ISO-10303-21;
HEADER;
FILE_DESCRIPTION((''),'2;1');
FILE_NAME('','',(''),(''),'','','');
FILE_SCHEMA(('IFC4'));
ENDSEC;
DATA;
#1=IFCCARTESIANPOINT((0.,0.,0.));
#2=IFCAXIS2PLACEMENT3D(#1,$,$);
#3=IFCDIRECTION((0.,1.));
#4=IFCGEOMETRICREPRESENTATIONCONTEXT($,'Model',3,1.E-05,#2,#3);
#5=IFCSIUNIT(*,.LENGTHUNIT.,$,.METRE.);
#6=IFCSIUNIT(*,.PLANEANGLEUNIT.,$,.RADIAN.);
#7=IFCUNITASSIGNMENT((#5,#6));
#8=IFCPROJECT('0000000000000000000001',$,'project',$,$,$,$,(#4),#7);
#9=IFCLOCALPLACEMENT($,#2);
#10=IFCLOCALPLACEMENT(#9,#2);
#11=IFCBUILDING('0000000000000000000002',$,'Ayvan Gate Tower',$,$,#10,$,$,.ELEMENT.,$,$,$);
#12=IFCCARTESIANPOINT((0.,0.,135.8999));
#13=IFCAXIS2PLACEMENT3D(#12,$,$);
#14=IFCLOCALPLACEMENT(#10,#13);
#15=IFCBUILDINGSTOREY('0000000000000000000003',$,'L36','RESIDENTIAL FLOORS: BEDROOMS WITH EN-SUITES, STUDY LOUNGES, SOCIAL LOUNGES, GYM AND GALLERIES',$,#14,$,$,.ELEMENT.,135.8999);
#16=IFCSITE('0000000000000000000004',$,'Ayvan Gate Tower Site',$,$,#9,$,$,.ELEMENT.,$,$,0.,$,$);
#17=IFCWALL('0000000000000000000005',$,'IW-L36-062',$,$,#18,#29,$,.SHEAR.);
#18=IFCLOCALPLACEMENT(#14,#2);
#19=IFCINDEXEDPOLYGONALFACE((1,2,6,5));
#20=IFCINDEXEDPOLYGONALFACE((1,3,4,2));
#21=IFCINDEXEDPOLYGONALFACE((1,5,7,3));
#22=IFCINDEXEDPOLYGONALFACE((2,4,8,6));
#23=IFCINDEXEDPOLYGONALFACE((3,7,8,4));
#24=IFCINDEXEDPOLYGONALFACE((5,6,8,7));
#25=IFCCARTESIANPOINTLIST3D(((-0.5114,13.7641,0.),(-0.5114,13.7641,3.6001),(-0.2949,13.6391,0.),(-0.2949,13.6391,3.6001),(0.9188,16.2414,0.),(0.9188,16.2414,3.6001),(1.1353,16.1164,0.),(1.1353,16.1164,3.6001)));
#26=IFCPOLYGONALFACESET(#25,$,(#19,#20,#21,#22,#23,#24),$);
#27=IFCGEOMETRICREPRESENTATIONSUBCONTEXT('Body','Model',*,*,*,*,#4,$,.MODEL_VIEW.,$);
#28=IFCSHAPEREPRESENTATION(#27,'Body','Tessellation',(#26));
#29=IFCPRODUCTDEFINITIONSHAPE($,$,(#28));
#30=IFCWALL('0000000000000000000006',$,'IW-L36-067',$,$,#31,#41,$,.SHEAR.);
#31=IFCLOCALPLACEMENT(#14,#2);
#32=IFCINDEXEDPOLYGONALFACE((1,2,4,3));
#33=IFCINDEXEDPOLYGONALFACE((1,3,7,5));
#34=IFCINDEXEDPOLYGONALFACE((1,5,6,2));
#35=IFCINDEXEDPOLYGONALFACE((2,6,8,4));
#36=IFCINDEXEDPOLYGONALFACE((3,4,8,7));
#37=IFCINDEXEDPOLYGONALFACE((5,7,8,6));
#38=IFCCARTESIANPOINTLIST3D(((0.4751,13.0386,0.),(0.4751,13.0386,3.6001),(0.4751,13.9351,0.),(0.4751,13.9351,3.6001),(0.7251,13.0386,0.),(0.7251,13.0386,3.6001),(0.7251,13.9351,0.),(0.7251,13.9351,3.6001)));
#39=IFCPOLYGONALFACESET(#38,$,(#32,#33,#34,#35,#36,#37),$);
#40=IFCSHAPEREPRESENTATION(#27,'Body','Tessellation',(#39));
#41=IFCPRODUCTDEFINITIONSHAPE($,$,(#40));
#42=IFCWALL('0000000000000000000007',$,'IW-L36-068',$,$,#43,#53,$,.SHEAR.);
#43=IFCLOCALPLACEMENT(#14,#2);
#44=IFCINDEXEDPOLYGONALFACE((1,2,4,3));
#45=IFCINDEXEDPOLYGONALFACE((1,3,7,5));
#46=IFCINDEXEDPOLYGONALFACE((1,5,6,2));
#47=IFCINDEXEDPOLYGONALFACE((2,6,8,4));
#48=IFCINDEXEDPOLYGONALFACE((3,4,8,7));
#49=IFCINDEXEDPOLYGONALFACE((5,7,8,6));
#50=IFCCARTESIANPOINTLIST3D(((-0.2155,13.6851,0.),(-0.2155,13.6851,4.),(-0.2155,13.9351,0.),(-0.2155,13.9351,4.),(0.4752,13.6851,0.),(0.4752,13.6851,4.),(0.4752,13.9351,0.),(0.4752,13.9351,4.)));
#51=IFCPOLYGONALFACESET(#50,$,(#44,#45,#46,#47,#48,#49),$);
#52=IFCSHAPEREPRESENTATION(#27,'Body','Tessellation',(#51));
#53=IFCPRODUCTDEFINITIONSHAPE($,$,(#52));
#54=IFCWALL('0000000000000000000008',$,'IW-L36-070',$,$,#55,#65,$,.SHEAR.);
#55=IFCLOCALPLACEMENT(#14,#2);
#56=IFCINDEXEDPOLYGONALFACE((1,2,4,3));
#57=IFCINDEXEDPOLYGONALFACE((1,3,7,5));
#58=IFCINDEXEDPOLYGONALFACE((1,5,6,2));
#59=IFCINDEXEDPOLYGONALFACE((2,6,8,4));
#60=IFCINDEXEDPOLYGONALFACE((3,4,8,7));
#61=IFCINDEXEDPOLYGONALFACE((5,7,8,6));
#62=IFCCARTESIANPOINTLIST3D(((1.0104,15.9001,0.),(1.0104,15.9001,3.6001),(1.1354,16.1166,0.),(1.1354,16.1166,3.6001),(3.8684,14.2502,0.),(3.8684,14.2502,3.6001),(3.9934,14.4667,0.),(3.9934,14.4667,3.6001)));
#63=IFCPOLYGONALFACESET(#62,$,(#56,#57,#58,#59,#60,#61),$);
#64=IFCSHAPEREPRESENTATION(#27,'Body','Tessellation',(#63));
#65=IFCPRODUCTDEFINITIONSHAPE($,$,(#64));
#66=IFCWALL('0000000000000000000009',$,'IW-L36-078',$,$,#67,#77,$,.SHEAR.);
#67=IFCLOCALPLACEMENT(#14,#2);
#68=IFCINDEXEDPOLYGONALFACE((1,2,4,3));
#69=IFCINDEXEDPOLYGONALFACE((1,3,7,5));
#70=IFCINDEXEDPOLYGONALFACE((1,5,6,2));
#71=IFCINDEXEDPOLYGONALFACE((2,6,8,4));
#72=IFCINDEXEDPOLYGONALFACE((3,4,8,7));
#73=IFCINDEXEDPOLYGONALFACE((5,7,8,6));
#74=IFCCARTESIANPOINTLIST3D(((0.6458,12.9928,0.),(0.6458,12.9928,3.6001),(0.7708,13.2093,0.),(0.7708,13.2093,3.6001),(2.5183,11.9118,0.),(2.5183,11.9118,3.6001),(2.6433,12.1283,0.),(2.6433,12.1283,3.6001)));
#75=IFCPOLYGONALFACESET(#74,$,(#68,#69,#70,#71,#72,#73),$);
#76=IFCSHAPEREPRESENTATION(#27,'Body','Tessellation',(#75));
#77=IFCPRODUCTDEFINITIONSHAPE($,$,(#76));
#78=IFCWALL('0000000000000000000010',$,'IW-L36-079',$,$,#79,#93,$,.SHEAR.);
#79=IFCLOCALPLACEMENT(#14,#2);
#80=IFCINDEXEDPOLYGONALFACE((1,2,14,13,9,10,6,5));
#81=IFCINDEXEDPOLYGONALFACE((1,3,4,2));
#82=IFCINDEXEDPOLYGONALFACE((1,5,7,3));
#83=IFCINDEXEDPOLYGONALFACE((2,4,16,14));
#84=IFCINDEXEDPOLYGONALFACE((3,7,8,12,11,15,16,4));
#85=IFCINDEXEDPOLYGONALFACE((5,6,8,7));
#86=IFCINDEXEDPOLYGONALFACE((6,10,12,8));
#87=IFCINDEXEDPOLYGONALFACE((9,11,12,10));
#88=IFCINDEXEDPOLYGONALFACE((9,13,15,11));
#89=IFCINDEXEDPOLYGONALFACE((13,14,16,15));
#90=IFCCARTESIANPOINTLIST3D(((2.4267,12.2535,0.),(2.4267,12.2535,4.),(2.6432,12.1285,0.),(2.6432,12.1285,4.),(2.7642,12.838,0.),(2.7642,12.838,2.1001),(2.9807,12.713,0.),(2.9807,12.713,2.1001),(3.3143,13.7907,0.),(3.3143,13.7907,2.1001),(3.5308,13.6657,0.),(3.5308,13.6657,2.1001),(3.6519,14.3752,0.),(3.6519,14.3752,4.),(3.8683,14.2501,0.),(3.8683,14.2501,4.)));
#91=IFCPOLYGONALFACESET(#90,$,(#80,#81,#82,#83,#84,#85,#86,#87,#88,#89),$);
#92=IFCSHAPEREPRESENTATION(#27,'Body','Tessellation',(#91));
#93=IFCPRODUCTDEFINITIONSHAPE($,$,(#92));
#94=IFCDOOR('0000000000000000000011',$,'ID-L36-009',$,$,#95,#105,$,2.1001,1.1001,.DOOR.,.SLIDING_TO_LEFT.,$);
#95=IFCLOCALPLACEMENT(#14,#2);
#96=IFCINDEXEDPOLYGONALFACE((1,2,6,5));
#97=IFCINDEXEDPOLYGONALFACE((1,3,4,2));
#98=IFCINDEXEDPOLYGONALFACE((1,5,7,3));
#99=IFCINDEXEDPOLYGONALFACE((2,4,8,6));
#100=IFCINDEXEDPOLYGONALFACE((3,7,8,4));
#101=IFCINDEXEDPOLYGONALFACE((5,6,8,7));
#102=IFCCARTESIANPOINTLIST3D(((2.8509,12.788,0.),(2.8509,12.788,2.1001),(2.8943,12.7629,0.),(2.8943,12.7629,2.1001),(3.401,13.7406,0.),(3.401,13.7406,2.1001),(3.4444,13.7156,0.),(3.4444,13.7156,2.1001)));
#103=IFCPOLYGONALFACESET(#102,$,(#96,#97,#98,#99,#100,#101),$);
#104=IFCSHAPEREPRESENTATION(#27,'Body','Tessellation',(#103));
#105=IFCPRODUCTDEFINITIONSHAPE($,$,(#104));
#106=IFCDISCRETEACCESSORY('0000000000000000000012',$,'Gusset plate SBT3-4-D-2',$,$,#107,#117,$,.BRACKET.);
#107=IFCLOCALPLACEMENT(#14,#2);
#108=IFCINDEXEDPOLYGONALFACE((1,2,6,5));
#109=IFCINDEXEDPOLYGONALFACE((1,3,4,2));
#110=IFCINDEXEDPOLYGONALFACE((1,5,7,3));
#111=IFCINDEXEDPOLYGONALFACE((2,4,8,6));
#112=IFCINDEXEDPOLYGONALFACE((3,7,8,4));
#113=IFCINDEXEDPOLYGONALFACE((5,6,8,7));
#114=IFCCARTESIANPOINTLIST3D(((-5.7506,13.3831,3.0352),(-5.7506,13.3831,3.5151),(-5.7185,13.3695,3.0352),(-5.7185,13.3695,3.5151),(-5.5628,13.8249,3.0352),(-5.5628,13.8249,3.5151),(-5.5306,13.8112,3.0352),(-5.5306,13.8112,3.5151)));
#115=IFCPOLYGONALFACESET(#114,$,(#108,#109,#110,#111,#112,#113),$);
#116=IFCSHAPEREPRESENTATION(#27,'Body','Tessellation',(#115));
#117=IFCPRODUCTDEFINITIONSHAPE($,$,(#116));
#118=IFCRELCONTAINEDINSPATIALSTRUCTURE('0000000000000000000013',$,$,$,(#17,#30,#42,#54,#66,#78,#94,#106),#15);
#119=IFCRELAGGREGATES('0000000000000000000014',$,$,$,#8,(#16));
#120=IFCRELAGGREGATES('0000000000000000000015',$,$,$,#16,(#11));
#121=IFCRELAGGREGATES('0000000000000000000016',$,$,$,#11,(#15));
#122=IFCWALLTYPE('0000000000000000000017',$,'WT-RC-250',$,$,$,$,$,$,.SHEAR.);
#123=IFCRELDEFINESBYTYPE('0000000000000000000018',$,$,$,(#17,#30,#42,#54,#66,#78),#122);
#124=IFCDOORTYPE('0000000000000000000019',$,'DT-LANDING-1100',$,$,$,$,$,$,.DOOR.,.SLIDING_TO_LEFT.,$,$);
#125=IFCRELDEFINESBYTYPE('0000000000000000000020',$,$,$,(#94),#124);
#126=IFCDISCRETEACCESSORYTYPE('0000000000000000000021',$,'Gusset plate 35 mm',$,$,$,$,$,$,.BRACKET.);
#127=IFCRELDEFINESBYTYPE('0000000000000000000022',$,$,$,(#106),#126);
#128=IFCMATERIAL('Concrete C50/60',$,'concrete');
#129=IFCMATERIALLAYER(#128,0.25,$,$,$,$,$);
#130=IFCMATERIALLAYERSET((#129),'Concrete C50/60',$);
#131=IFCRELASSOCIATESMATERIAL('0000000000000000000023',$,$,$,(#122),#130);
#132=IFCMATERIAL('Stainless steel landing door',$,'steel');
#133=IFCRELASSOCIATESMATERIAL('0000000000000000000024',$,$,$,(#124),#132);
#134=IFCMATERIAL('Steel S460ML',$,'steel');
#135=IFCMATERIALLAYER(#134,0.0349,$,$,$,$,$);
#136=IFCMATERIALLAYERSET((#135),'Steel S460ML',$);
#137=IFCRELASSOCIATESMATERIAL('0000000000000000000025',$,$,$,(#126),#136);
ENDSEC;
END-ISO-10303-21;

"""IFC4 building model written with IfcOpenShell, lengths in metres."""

from ifc_helpers import new_model, si_unit, direction, frame, frame_2d, origin, origin_2d, place, context, subcontext, project, spatial, rectangle, extrude, material, layer, layer_set, type_object, element, fill, save


model = new_model("IFC4")

# Units and contexts
model_context = context("Model", 3, precision=1e-05, world=origin(), true_north=direction((0.0, 1.0)))
body_context = subcontext(model_context, "Body", "Model", "MODEL_VIEW")
ifc_project = project(units=[si_unit("LENGTHUNIT", "METRE"), si_unit("PLANEANGLEUNIT", "RADIAN")], contexts=[model_context])

# Site, building, storey
site_placement = place(None, origin())
site = spatial("IfcSite", under=ifc_project, at=site_placement, Name="Ayvan Gate Tower Site", CompositionType="ELEMENT", RefElevation=0.0)
building_placement = place(site_placement, origin())
building = spatial("IfcBuilding", under=site, at=building_placement, Name="Ayvan Gate Tower", CompositionType="ELEMENT")
storey_placement = place(building_placement, frame((0.0, 0.0, 135.8999)))
storey = spatial("IfcBuildingStorey", under=building, at=storey_placement, Name="L36", Description="RESIDENTIAL FLOORS: BEDROOMS WITH EN-SUITES, STUDY LOUNGES, SOCIAL LOUNGES, GYM AND GALLERIES", CompositionType="ELEMENT", Elevation=135.8999)

# Shared definitions
ifc_material_1 = material(Name="Steel S460ML", Category="steel")

# Walls
ifc_material_2 = material(Name="Concrete C50/60", Category="concrete")
ifc_layer_1 = layer(ifc_material_2, 0.25)
ifc_layer_set_1 = layer_set([ifc_layer_1], Name="Concrete C50/60")
wall_type_1 = type_object("IfcWallType", Name="WT-RC-250", PredefinedType="SHEAR", material=ifc_layer_set_1)
wall_1_placement = place(storey_placement, frame((-0.4031, 13.7017, 0.0), z_axis=(0.0, 0.0, 1.0), x_axis=(0.499976, 0.866039, 0.0)))
element("IfcWall", 1, at=wall_1_placement, inside=storey, type_object=wall_type_1, Name="IW-L36-062", PredefinedType="SHEAR", context=body_context, shape_type="SweptSolid", body=[
    extrude(rectangle(XDim=2.8606, YDim=0.25, at=frame_2d((1.4302, 0.0))), origin(), (0.0, 0.0, 1.0), 3.6001),
])
wall_2_placement = place(storey_placement, frame((0.6001, 13.0386, 0.0), z_axis=(0.0, 0.0, 1.0), x_axis=(0.0, 1.0, 0.0)))
element("IfcWall", 2, at=wall_2_placement, inside=storey, type_object=wall_type_1, Name="IW-L36-067", PredefinedType="SHEAR", context=body_context, shape_type="SweptSolid", body=[
    extrude(rectangle(XDim=0.8965, YDim=0.25, at=frame_2d((0.4482, 0.0))), origin(), (0.0, 0.0, 1.0), 3.6001),
])
wall_3_placement = place(storey_placement, frame((0.4751, 13.8101, 0.0), z_axis=(0.0, 0.0, 1.0), x_axis=(-1.0, 0.0, 0.0)))
element("IfcWall", 3, at=wall_3_placement, inside=storey, type_object=wall_type_1, Name="IW-L36-068", PredefinedType="SHEAR", context=body_context, shape_type="SweptSolid", body=[
    extrude(rectangle(XDim=0.6907, YDim=0.25, at=frame_2d((0.3452, 0.0))), origin(), (0.0, 0.0, 1.0), 4.0),
])
wall_4_placement = place(storey_placement, frame((1.073, 16.0083, 0.0), z_axis=(0.0, 0.0, 1.0), x_axis=(0.86604, -0.499974, 0.0)))
element("IfcWall", 4, at=wall_4_placement, inside=storey, type_object=wall_type_1, Name="IW-L36-070", PredefinedType="SHEAR", context=body_context, shape_type="SweptSolid", body=[
    extrude(rectangle(XDim=3.3, YDim=0.25, at=frame_2d((1.6499, 0.0))), origin(), (0.0, 0.0, 1.0), 3.6001),
])
wall_5_placement = place(storey_placement, frame((2.5808, 12.02, 0.0), z_axis=(0.0, 0.0, 1.0), x_axis=(-0.866039, 0.499977, 0.0)))
element("IfcWall", 5, at=wall_5_placement, inside=storey, type_object=wall_type_1, Name="IW-L36-078", PredefinedType="SHEAR", context=body_context, shape_type="SweptSolid", body=[
    extrude(rectangle(XDim=2.1621, YDim=0.25, at=frame_2d((1.0811, 0.0))), origin(), (0.0, 0.0, 1.0), 3.6001),
])

# Wall, opening, door
wall_6_placement = place(storey_placement, frame((2.5349, 12.1909, 0.0), z_axis=(0.0, 0.0, 1.0), x_axis=(0.500062, 0.86599, 0.0)))
wall_6 = element("IfcWall", 6, at=wall_6_placement, inside=storey, type_object=wall_type_1, Name="IW-L36-079", PredefinedType="SHEAR", context=body_context, shape_type="SweptSolid", body=[
    extrude(rectangle(XDim=2.45, YDim=0.25, at=frame_2d((1.2251, 0.0))), origin(), (0.0, 0.0, 1.0), 4.0),
])
opening_1_placement = place(wall_6_placement, frame((0.675, 0.0, 0.0)))
opening_1 = element("IfcOpeningElement", 7, at=opening_1_placement, cuts=wall_6, PredefinedType="OPENING", context=body_context, shape_type="SweptSolid", body=[
    extrude(rectangle(XDim=1.1001, YDim=2.1001, at=frame_2d((0.55, 1.05))), frame((0.0, 0.135, 0.0), z_axis=(0.0, -1.0, 0.0), x_axis=(1.0, 0.0, 0.0)), (0.0, 0.0, 1.0), 0.27),
])
ifc_material_3 = material(Name="Stainless steel landing door", Category="steel")
door_type_1 = type_object("IfcDoorType", Name="DT-LANDING-1100", OperationType="SLIDING_TO_LEFT", PredefinedType="DOOR", material=ifc_material_3)
door_1_placement = place(opening_1_placement, origin())
door_1 = element("IfcDoor", 8, at=door_1_placement, inside=storey, type_object=door_type_1, Name="ID-L36-009", OperationType="SLIDING_TO_LEFT", OverallHeight=2.1001, OverallWidth=1.1001, PredefinedType="DOOR", context=body_context, shape_type="SweptSolid", body=[
    extrude(rectangle(XDim=1.1001, YDim=2.1001, at=frame_2d((0.55, 1.05))), frame((0.0, 0.0249, 0.0), z_axis=(0.0, -1.0, 0.0), x_axis=(1.0, 0.0, 0.0)), (0.0, 0.0, 1.0), 0.05),
])
fill(opening_1, door_1)

# Discrete accessory
ifc_layer_2 = layer(ifc_material_1, 0.0349)
ifc_layer_set_2 = layer_set([ifc_layer_2], Name="Steel S460ML")
discrete_accessory_type = type_object("IfcDiscreteAccessoryType", Name="Gusset plate 35 mm", PredefinedType="BRACKET", material=ifc_layer_set_2)
discrete_accessory_placement = place(storey_placement, frame((-5.6406, 13.5972, 3.0352), z_axis=(0.0, 0.0, 1.0), x_axis=(0.391324, 0.920253, 0.0)))
element("IfcDiscreteAccessory", 9, at=discrete_accessory_placement, inside=storey, type_object=discrete_accessory_type, Name="Gusset plate SBT3-4-D-2", PredefinedType="BRACKET", context=body_context, shape_type="SweptSolid", body=[
    extrude(rectangle(XDim=0.48, YDim=0.0349, at=origin_2d()), origin(), (0.0, 0.0, 1.0), 0.48),
])

save(model, "model.ifc")
